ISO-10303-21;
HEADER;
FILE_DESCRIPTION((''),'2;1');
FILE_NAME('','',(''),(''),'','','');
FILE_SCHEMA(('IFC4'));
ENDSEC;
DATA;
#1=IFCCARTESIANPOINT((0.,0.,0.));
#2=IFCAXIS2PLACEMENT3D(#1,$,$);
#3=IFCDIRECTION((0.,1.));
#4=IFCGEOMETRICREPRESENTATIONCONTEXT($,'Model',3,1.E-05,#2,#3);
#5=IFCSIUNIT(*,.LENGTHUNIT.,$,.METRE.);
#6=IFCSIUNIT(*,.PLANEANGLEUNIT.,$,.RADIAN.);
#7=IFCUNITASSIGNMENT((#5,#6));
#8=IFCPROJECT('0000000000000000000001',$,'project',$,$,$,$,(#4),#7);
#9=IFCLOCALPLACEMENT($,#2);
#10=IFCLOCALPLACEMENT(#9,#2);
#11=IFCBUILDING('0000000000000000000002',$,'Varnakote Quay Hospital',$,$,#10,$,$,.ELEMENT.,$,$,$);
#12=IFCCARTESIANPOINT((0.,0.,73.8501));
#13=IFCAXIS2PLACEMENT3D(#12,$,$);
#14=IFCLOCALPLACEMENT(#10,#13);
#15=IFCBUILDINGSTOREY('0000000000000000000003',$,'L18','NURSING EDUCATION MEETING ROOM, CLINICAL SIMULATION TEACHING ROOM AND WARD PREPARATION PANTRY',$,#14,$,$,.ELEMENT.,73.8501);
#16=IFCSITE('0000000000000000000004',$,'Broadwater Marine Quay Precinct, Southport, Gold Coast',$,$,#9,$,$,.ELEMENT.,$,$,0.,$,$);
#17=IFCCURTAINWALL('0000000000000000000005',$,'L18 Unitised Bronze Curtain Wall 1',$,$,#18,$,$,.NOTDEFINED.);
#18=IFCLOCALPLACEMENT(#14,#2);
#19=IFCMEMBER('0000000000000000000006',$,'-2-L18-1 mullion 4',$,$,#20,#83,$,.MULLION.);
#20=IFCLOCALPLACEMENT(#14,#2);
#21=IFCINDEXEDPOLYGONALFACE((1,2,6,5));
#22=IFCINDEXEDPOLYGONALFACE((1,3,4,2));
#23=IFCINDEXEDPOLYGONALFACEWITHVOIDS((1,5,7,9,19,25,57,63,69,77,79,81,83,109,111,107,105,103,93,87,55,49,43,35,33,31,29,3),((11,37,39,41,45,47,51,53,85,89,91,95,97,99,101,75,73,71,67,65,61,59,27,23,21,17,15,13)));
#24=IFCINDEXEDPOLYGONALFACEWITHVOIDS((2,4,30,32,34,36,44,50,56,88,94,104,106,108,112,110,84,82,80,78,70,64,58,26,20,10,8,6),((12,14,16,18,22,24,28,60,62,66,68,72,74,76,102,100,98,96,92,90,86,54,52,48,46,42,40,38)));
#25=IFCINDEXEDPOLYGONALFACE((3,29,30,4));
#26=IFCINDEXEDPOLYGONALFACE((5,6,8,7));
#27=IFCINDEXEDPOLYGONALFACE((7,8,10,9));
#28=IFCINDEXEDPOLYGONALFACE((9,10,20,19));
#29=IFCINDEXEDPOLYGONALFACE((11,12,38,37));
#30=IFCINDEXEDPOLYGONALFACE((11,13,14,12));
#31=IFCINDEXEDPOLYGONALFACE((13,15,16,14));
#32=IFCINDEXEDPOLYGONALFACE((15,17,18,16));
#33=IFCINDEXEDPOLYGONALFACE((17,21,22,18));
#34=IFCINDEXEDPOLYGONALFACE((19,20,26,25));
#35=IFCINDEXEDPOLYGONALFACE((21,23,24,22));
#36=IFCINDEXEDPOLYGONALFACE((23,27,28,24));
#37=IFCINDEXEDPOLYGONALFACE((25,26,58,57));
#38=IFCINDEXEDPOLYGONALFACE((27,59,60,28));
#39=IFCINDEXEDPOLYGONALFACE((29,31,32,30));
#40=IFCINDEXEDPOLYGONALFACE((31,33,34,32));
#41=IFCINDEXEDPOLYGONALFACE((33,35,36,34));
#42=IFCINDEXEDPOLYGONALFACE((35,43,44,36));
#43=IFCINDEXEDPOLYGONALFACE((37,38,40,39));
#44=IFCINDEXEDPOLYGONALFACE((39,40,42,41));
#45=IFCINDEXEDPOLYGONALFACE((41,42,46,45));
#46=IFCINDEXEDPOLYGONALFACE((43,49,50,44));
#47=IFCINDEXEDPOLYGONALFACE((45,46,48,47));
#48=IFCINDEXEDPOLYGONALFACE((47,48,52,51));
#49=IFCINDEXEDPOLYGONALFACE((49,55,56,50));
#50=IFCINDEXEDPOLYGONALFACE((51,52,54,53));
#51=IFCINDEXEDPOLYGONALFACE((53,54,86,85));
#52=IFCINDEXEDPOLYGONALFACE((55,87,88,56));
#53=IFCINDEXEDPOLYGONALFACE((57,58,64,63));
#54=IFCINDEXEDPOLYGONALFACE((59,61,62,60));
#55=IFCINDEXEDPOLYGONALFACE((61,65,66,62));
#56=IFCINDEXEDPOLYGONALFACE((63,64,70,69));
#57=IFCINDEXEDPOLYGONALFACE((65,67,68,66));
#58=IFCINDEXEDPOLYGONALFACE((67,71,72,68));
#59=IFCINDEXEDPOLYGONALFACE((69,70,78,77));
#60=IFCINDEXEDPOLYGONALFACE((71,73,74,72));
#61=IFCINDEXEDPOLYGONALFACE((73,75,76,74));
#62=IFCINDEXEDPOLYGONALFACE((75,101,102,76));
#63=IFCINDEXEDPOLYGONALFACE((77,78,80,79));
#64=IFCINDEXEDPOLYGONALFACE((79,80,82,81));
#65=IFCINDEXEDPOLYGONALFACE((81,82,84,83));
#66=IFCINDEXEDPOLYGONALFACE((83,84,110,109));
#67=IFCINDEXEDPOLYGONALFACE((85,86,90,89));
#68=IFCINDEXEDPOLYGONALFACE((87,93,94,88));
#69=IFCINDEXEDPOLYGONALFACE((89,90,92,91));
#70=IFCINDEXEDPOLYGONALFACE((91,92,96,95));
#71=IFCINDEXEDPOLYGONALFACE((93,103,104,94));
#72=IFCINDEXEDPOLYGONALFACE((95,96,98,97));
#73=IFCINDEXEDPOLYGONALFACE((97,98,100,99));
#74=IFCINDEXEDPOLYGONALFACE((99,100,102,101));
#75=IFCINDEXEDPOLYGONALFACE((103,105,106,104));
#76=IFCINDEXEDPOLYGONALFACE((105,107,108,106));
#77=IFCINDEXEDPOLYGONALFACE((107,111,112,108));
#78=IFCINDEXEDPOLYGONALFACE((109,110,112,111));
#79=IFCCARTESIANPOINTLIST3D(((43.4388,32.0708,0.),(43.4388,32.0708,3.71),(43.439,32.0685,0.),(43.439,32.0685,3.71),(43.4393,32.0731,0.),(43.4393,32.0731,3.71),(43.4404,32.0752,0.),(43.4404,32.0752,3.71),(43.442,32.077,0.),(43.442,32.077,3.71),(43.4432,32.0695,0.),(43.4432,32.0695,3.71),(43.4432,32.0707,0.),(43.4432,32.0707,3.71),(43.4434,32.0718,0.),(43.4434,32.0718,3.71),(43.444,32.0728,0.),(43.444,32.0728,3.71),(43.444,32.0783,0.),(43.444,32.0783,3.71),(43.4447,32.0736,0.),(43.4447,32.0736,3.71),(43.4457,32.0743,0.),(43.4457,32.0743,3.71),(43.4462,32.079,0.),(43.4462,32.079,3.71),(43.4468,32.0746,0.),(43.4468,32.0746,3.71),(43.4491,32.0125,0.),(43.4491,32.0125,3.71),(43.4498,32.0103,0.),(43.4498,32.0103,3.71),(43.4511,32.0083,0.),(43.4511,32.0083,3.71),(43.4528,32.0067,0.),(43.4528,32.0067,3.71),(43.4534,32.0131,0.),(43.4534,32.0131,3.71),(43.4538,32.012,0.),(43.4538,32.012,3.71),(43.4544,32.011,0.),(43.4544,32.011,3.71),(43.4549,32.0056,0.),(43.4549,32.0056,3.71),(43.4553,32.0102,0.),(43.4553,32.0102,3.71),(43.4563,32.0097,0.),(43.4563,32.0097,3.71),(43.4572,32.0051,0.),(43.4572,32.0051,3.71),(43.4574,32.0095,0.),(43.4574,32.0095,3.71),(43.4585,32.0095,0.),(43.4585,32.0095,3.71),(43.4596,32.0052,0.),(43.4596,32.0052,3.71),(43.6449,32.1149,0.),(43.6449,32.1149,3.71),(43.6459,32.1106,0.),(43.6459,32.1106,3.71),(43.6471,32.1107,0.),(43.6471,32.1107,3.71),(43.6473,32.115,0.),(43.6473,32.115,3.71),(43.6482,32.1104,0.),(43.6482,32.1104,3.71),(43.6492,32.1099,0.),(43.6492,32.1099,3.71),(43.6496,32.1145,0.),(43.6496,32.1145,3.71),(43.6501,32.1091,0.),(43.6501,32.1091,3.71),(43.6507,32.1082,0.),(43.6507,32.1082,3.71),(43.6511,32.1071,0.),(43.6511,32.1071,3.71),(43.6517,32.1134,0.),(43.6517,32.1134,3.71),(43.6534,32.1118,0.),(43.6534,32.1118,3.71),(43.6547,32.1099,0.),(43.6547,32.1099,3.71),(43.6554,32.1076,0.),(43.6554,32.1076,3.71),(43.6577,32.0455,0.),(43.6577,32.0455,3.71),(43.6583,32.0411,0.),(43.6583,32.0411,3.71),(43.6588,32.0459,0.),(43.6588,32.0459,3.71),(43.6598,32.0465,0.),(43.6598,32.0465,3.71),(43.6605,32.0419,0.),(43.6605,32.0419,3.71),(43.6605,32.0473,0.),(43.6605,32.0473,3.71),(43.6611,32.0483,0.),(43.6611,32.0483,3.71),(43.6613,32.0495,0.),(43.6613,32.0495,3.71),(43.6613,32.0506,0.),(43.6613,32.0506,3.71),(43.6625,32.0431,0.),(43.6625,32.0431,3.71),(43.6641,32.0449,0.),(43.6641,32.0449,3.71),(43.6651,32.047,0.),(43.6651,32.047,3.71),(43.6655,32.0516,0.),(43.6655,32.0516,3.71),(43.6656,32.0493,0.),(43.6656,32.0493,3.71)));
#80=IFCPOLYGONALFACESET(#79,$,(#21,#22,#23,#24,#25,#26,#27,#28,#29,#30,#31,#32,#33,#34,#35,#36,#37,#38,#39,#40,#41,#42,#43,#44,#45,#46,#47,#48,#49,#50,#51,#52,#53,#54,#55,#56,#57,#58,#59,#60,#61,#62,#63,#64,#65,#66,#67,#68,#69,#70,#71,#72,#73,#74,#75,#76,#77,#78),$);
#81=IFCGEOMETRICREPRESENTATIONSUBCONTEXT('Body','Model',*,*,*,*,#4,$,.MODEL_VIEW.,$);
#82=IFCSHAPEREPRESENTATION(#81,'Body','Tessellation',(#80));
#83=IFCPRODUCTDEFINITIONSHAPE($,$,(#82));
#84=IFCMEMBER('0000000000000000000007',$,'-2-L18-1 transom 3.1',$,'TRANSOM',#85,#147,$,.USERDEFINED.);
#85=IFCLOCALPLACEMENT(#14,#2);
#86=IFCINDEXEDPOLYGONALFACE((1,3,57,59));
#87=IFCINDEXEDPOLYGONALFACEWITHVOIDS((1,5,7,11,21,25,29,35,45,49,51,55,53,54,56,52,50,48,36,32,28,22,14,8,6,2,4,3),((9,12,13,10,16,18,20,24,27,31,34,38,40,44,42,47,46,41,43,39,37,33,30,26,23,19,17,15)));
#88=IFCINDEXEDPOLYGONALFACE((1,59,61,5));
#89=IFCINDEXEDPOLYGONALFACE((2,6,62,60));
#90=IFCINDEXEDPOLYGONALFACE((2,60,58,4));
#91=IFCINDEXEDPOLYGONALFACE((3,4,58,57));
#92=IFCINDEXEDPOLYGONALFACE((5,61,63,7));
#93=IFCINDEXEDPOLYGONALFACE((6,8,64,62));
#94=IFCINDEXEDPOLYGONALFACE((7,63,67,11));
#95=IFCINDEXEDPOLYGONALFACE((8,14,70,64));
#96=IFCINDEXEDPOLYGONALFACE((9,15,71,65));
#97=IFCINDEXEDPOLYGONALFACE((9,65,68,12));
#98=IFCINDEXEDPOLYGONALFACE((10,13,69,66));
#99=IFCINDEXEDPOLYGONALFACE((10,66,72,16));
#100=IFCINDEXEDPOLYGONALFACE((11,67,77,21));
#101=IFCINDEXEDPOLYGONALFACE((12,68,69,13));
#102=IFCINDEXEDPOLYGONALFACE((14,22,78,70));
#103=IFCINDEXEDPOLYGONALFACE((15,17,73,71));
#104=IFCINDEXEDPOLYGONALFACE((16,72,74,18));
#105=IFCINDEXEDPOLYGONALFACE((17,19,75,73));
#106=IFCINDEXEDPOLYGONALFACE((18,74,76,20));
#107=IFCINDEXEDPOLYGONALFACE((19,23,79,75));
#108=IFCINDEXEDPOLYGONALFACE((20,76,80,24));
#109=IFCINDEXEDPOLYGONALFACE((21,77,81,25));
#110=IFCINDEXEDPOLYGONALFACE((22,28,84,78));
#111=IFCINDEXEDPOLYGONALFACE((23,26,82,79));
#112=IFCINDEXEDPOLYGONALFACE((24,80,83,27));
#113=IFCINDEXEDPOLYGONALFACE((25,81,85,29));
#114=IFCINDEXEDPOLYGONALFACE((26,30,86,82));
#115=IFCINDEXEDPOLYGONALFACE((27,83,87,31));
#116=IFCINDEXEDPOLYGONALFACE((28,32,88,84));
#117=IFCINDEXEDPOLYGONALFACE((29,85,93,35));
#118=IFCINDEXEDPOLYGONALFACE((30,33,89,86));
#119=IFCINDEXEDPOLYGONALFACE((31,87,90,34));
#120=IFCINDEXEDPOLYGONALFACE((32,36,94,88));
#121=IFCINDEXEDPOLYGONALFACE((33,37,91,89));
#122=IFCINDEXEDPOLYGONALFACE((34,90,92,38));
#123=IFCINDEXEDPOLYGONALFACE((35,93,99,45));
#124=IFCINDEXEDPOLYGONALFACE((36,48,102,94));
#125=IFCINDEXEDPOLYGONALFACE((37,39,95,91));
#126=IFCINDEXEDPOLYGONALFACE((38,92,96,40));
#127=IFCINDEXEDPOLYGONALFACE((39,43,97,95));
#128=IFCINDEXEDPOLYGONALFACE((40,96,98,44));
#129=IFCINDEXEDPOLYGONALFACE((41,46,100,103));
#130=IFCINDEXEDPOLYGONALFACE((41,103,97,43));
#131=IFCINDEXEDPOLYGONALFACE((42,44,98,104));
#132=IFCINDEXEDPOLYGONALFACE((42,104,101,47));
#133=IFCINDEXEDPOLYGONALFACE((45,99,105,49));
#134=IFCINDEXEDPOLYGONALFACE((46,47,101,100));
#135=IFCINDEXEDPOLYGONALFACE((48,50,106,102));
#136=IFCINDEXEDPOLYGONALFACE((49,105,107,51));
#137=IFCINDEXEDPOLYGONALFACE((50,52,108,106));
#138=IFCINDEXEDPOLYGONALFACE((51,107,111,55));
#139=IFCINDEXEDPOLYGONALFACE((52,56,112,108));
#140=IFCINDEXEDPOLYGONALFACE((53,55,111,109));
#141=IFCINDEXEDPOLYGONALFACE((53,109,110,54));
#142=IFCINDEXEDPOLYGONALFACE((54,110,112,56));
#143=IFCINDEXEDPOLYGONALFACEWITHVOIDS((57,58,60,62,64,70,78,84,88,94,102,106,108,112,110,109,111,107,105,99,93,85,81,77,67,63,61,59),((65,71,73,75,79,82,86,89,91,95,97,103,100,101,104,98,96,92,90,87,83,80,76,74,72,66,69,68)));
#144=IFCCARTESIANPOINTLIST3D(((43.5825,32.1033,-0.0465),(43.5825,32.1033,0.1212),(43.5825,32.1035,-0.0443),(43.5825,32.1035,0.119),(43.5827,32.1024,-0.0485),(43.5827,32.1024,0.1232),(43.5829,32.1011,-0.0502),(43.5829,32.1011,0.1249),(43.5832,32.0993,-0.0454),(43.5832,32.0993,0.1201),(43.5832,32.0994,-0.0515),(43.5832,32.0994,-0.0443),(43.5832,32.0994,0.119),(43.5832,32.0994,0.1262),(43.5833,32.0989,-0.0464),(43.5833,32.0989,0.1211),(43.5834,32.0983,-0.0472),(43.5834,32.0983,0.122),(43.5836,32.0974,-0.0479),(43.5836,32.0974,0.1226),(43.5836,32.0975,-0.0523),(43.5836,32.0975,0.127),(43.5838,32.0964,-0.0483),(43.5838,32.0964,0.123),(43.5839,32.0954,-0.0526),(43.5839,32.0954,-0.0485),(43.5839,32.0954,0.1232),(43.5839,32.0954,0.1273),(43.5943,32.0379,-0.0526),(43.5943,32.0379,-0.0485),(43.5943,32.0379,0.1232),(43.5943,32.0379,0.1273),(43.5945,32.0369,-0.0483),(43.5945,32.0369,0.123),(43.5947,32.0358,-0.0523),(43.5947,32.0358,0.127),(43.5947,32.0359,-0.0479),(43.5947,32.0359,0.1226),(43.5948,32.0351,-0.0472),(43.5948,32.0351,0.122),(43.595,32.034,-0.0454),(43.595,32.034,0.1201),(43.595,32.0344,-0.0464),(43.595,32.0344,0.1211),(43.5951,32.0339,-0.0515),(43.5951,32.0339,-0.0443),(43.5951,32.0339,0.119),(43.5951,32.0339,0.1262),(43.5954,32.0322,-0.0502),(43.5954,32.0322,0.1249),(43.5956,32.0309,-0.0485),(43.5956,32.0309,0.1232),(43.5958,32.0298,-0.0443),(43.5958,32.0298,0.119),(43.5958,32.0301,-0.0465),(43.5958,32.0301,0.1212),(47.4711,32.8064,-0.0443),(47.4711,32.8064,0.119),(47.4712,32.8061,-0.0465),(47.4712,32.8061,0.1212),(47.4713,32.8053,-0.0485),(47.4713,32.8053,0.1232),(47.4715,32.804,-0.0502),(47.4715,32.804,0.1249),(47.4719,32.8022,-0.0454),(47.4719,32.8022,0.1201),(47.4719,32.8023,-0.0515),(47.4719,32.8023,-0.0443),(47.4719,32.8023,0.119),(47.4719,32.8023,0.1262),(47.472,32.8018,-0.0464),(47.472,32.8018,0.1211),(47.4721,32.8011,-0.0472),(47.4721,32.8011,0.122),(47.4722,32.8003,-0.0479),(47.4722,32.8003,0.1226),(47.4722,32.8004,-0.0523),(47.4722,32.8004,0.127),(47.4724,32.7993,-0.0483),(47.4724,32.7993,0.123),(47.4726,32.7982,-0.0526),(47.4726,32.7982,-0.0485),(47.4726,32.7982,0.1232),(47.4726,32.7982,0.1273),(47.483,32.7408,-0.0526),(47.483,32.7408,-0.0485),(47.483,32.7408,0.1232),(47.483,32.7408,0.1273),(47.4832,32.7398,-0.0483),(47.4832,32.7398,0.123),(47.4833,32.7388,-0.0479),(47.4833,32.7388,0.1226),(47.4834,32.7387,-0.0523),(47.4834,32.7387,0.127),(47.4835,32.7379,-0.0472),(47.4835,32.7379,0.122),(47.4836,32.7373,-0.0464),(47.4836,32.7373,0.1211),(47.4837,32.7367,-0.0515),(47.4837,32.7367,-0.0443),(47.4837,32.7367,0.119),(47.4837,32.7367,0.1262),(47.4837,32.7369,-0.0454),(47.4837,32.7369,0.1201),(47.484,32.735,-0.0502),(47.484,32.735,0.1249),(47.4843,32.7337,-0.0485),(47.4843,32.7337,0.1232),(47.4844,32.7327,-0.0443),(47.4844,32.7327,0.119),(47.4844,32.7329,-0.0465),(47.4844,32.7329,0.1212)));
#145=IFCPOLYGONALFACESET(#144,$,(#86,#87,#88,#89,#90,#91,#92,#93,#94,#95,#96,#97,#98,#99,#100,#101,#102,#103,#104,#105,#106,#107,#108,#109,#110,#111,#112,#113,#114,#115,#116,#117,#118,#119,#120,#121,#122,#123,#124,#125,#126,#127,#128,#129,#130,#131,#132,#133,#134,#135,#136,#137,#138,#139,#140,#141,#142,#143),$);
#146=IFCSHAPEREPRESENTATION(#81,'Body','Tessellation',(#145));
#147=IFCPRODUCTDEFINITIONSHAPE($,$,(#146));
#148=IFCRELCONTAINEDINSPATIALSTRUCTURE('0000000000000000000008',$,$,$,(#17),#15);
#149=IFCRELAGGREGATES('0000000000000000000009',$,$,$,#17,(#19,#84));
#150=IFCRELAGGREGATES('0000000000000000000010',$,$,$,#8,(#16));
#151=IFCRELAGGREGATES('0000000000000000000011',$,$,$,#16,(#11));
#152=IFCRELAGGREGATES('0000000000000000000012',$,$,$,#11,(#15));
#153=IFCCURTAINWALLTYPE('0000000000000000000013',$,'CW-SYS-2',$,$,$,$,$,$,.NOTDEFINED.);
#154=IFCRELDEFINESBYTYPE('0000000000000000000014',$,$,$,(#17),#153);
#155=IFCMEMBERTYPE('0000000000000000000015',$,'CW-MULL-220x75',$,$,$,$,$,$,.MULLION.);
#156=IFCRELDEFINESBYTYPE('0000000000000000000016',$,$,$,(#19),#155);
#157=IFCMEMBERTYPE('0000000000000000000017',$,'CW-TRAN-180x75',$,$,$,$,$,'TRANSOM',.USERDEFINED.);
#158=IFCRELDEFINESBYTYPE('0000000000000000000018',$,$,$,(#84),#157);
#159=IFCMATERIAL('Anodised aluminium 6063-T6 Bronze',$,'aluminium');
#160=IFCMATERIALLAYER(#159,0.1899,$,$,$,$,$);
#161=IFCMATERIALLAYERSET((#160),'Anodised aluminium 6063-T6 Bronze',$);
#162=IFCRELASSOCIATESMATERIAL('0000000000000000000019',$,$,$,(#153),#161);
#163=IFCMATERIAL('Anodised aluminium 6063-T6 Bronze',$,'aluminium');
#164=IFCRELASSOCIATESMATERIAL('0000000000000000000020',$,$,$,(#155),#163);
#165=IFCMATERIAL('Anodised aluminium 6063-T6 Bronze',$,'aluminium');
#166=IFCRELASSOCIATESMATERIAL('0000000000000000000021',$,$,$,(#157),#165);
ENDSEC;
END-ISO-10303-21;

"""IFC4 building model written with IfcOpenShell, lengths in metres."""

from ifc_helpers import new_model, si_unit, direction, frame, origin, origin_2d, place, context, subcontext, project, spatial, hollow_rectangle, extrude, material, layer, layer_set, material_profile, profile_set, type_object, element, aggregate, save


model = new_model("IFC4")

# Units and contexts
model_context = context("Model", 3, precision=1e-05, world=origin(), true_north=direction((0.0, 1.0)))
body_context = subcontext(model_context, "Body", "Model", "MODEL_VIEW")
ifc_project = project(units=[si_unit("LENGTHUNIT", "METRE"), si_unit("PLANEANGLEUNIT", "RADIAN")], contexts=[model_context])

# Site, building, storey
site_placement = place(None, origin())
site = spatial("IfcSite", under=ifc_project, at=site_placement, Name="Broadwater Marine Quay Precinct, Southport, Gold Coast", CompositionType="ELEMENT", RefElevation=0.0)
building_placement = place(site_placement, origin())
building = spatial("IfcBuilding", under=site, at=building_placement, Name="Varnakote Quay Hospital", CompositionType="ELEMENT")
storey_placement = place(building_placement, frame((0.0, 0.0, 73.8501)))
storey = spatial("IfcBuildingStorey", under=building, at=storey_placement, Name="L18", Description="NURSING EDUCATION MEETING ROOM, CLINICAL SIMULATION TEACHING ROOM AND WARD PREPARATION PANTRY", CompositionType="ELEMENT", Elevation=73.8501)

# Curtain wall, members
ifc_material_1 = material(Name="Anodised aluminium 6063-T6 Bronze", Category="aluminium")
ifc_layer_1 = layer(ifc_material_1, 0.1899)
ifc_layer_set_1 = layer_set([ifc_layer_1], Name="Anodised aluminium 6063-T6 Bronze")
curtain_wall_type = type_object("IfcCurtainWallType", Name="CW-SYS-2", PredefinedType="NOTDEFINED", material=ifc_layer_set_1)
curtain_wall_placement = place(storey_placement, origin())
curtain_wall = element("IfcCurtainWall", 1, at=curtain_wall_placement, inside=storey, type_object=curtain_wall_type, Name="L18 Unitised Bronze Curtain Wall 1", PredefinedType="NOTDEFINED")
ifc_material_2 = material(Name="Anodised aluminium 6063-T6 Bronze", Category="aluminium")
ifc_material_profile_1 = material_profile(ifc_material_2, hollow_rectangle(XDim=0.075, YDim=0.22, WallThickness=0.0044, InnerFilletRadius=0.0044, OuterFilletRadius=0.009, at=origin_2d()), Name="CW-MULL-220x75")
ifc_profile_set_1 = profile_set([ifc_material_profile_1], Name="Anodised aluminium 6063-T6 Bronze")
member_type_1 = type_object("IfcMemberType", Name="CW-MULL-220x75", PredefinedType="MULLION", material=ifc_profile_set_1)
member_1_placement = place(storey_placement, frame((43.5522, 32.0601, 0.0), z_axis=(0.0, 0.0, 1.0), x_axis=(0.177846, -0.984058, 0.0)))
member_1 = element("IfcMember", 2, at=member_1_placement, type_object=member_type_1, Name="-2-L18-1 mullion 4", PredefinedType="MULLION", context=body_context, shape_type="SweptSolid", body=[
    extrude(hollow_rectangle(XDim=0.075, YDim=0.22, WallThickness=0.0044, InnerFilletRadius=0.0044, OuterFilletRadius=0.009, at=origin_2d()), origin(), (0.0, 0.0, 1.0), 3.71),
])
ifc_material_3 = material(Name="Anodised aluminium 6063-T6 Bronze", Category="aluminium")
ifc_material_profile_2 = material_profile(ifc_material_3, hollow_rectangle(XDim=0.075, YDim=0.1799, WallThickness=0.0042, InnerFilletRadius=0.0042, OuterFilletRadius=0.0083, at=origin_2d()), Name="CW-TRAN-180x75")
ifc_profile_set_2 = profile_set([ifc_material_profile_2], Name="Anodised aluminium 6063-T6 Bronze")
member_type_2 = type_object("IfcMemberType", Name="CW-TRAN-180x75", ElementType="TRANSOM", PredefinedType="USERDEFINED", material=ifc_profile_set_2)
member_2_placement = place(storey_placement, frame((47.4778, 32.7695, 0.0374), z_axis=(-0.984054, -0.177869, 0.0), x_axis=(0.177869, -0.984054, 0.0)))
member_2 = element("IfcMember", 3, at=member_2_placement, type_object=member_type_2, Name="-2-L18-1 transom 3.1", ObjectType="TRANSOM", PredefinedType="USERDEFINED", context=body_context, shape_type="SweptSolid", body=[
    extrude(hollow_rectangle(XDim=0.075, YDim=0.1799, WallThickness=0.0042, InnerFilletRadius=0.0042, OuterFilletRadius=0.0083, at=origin_2d()), origin(), (0.0, 0.0, 1.0), 3.9517),
])

aggregate(curtain_wall, [member_1, member_2])

save(model, "model.ifc")
